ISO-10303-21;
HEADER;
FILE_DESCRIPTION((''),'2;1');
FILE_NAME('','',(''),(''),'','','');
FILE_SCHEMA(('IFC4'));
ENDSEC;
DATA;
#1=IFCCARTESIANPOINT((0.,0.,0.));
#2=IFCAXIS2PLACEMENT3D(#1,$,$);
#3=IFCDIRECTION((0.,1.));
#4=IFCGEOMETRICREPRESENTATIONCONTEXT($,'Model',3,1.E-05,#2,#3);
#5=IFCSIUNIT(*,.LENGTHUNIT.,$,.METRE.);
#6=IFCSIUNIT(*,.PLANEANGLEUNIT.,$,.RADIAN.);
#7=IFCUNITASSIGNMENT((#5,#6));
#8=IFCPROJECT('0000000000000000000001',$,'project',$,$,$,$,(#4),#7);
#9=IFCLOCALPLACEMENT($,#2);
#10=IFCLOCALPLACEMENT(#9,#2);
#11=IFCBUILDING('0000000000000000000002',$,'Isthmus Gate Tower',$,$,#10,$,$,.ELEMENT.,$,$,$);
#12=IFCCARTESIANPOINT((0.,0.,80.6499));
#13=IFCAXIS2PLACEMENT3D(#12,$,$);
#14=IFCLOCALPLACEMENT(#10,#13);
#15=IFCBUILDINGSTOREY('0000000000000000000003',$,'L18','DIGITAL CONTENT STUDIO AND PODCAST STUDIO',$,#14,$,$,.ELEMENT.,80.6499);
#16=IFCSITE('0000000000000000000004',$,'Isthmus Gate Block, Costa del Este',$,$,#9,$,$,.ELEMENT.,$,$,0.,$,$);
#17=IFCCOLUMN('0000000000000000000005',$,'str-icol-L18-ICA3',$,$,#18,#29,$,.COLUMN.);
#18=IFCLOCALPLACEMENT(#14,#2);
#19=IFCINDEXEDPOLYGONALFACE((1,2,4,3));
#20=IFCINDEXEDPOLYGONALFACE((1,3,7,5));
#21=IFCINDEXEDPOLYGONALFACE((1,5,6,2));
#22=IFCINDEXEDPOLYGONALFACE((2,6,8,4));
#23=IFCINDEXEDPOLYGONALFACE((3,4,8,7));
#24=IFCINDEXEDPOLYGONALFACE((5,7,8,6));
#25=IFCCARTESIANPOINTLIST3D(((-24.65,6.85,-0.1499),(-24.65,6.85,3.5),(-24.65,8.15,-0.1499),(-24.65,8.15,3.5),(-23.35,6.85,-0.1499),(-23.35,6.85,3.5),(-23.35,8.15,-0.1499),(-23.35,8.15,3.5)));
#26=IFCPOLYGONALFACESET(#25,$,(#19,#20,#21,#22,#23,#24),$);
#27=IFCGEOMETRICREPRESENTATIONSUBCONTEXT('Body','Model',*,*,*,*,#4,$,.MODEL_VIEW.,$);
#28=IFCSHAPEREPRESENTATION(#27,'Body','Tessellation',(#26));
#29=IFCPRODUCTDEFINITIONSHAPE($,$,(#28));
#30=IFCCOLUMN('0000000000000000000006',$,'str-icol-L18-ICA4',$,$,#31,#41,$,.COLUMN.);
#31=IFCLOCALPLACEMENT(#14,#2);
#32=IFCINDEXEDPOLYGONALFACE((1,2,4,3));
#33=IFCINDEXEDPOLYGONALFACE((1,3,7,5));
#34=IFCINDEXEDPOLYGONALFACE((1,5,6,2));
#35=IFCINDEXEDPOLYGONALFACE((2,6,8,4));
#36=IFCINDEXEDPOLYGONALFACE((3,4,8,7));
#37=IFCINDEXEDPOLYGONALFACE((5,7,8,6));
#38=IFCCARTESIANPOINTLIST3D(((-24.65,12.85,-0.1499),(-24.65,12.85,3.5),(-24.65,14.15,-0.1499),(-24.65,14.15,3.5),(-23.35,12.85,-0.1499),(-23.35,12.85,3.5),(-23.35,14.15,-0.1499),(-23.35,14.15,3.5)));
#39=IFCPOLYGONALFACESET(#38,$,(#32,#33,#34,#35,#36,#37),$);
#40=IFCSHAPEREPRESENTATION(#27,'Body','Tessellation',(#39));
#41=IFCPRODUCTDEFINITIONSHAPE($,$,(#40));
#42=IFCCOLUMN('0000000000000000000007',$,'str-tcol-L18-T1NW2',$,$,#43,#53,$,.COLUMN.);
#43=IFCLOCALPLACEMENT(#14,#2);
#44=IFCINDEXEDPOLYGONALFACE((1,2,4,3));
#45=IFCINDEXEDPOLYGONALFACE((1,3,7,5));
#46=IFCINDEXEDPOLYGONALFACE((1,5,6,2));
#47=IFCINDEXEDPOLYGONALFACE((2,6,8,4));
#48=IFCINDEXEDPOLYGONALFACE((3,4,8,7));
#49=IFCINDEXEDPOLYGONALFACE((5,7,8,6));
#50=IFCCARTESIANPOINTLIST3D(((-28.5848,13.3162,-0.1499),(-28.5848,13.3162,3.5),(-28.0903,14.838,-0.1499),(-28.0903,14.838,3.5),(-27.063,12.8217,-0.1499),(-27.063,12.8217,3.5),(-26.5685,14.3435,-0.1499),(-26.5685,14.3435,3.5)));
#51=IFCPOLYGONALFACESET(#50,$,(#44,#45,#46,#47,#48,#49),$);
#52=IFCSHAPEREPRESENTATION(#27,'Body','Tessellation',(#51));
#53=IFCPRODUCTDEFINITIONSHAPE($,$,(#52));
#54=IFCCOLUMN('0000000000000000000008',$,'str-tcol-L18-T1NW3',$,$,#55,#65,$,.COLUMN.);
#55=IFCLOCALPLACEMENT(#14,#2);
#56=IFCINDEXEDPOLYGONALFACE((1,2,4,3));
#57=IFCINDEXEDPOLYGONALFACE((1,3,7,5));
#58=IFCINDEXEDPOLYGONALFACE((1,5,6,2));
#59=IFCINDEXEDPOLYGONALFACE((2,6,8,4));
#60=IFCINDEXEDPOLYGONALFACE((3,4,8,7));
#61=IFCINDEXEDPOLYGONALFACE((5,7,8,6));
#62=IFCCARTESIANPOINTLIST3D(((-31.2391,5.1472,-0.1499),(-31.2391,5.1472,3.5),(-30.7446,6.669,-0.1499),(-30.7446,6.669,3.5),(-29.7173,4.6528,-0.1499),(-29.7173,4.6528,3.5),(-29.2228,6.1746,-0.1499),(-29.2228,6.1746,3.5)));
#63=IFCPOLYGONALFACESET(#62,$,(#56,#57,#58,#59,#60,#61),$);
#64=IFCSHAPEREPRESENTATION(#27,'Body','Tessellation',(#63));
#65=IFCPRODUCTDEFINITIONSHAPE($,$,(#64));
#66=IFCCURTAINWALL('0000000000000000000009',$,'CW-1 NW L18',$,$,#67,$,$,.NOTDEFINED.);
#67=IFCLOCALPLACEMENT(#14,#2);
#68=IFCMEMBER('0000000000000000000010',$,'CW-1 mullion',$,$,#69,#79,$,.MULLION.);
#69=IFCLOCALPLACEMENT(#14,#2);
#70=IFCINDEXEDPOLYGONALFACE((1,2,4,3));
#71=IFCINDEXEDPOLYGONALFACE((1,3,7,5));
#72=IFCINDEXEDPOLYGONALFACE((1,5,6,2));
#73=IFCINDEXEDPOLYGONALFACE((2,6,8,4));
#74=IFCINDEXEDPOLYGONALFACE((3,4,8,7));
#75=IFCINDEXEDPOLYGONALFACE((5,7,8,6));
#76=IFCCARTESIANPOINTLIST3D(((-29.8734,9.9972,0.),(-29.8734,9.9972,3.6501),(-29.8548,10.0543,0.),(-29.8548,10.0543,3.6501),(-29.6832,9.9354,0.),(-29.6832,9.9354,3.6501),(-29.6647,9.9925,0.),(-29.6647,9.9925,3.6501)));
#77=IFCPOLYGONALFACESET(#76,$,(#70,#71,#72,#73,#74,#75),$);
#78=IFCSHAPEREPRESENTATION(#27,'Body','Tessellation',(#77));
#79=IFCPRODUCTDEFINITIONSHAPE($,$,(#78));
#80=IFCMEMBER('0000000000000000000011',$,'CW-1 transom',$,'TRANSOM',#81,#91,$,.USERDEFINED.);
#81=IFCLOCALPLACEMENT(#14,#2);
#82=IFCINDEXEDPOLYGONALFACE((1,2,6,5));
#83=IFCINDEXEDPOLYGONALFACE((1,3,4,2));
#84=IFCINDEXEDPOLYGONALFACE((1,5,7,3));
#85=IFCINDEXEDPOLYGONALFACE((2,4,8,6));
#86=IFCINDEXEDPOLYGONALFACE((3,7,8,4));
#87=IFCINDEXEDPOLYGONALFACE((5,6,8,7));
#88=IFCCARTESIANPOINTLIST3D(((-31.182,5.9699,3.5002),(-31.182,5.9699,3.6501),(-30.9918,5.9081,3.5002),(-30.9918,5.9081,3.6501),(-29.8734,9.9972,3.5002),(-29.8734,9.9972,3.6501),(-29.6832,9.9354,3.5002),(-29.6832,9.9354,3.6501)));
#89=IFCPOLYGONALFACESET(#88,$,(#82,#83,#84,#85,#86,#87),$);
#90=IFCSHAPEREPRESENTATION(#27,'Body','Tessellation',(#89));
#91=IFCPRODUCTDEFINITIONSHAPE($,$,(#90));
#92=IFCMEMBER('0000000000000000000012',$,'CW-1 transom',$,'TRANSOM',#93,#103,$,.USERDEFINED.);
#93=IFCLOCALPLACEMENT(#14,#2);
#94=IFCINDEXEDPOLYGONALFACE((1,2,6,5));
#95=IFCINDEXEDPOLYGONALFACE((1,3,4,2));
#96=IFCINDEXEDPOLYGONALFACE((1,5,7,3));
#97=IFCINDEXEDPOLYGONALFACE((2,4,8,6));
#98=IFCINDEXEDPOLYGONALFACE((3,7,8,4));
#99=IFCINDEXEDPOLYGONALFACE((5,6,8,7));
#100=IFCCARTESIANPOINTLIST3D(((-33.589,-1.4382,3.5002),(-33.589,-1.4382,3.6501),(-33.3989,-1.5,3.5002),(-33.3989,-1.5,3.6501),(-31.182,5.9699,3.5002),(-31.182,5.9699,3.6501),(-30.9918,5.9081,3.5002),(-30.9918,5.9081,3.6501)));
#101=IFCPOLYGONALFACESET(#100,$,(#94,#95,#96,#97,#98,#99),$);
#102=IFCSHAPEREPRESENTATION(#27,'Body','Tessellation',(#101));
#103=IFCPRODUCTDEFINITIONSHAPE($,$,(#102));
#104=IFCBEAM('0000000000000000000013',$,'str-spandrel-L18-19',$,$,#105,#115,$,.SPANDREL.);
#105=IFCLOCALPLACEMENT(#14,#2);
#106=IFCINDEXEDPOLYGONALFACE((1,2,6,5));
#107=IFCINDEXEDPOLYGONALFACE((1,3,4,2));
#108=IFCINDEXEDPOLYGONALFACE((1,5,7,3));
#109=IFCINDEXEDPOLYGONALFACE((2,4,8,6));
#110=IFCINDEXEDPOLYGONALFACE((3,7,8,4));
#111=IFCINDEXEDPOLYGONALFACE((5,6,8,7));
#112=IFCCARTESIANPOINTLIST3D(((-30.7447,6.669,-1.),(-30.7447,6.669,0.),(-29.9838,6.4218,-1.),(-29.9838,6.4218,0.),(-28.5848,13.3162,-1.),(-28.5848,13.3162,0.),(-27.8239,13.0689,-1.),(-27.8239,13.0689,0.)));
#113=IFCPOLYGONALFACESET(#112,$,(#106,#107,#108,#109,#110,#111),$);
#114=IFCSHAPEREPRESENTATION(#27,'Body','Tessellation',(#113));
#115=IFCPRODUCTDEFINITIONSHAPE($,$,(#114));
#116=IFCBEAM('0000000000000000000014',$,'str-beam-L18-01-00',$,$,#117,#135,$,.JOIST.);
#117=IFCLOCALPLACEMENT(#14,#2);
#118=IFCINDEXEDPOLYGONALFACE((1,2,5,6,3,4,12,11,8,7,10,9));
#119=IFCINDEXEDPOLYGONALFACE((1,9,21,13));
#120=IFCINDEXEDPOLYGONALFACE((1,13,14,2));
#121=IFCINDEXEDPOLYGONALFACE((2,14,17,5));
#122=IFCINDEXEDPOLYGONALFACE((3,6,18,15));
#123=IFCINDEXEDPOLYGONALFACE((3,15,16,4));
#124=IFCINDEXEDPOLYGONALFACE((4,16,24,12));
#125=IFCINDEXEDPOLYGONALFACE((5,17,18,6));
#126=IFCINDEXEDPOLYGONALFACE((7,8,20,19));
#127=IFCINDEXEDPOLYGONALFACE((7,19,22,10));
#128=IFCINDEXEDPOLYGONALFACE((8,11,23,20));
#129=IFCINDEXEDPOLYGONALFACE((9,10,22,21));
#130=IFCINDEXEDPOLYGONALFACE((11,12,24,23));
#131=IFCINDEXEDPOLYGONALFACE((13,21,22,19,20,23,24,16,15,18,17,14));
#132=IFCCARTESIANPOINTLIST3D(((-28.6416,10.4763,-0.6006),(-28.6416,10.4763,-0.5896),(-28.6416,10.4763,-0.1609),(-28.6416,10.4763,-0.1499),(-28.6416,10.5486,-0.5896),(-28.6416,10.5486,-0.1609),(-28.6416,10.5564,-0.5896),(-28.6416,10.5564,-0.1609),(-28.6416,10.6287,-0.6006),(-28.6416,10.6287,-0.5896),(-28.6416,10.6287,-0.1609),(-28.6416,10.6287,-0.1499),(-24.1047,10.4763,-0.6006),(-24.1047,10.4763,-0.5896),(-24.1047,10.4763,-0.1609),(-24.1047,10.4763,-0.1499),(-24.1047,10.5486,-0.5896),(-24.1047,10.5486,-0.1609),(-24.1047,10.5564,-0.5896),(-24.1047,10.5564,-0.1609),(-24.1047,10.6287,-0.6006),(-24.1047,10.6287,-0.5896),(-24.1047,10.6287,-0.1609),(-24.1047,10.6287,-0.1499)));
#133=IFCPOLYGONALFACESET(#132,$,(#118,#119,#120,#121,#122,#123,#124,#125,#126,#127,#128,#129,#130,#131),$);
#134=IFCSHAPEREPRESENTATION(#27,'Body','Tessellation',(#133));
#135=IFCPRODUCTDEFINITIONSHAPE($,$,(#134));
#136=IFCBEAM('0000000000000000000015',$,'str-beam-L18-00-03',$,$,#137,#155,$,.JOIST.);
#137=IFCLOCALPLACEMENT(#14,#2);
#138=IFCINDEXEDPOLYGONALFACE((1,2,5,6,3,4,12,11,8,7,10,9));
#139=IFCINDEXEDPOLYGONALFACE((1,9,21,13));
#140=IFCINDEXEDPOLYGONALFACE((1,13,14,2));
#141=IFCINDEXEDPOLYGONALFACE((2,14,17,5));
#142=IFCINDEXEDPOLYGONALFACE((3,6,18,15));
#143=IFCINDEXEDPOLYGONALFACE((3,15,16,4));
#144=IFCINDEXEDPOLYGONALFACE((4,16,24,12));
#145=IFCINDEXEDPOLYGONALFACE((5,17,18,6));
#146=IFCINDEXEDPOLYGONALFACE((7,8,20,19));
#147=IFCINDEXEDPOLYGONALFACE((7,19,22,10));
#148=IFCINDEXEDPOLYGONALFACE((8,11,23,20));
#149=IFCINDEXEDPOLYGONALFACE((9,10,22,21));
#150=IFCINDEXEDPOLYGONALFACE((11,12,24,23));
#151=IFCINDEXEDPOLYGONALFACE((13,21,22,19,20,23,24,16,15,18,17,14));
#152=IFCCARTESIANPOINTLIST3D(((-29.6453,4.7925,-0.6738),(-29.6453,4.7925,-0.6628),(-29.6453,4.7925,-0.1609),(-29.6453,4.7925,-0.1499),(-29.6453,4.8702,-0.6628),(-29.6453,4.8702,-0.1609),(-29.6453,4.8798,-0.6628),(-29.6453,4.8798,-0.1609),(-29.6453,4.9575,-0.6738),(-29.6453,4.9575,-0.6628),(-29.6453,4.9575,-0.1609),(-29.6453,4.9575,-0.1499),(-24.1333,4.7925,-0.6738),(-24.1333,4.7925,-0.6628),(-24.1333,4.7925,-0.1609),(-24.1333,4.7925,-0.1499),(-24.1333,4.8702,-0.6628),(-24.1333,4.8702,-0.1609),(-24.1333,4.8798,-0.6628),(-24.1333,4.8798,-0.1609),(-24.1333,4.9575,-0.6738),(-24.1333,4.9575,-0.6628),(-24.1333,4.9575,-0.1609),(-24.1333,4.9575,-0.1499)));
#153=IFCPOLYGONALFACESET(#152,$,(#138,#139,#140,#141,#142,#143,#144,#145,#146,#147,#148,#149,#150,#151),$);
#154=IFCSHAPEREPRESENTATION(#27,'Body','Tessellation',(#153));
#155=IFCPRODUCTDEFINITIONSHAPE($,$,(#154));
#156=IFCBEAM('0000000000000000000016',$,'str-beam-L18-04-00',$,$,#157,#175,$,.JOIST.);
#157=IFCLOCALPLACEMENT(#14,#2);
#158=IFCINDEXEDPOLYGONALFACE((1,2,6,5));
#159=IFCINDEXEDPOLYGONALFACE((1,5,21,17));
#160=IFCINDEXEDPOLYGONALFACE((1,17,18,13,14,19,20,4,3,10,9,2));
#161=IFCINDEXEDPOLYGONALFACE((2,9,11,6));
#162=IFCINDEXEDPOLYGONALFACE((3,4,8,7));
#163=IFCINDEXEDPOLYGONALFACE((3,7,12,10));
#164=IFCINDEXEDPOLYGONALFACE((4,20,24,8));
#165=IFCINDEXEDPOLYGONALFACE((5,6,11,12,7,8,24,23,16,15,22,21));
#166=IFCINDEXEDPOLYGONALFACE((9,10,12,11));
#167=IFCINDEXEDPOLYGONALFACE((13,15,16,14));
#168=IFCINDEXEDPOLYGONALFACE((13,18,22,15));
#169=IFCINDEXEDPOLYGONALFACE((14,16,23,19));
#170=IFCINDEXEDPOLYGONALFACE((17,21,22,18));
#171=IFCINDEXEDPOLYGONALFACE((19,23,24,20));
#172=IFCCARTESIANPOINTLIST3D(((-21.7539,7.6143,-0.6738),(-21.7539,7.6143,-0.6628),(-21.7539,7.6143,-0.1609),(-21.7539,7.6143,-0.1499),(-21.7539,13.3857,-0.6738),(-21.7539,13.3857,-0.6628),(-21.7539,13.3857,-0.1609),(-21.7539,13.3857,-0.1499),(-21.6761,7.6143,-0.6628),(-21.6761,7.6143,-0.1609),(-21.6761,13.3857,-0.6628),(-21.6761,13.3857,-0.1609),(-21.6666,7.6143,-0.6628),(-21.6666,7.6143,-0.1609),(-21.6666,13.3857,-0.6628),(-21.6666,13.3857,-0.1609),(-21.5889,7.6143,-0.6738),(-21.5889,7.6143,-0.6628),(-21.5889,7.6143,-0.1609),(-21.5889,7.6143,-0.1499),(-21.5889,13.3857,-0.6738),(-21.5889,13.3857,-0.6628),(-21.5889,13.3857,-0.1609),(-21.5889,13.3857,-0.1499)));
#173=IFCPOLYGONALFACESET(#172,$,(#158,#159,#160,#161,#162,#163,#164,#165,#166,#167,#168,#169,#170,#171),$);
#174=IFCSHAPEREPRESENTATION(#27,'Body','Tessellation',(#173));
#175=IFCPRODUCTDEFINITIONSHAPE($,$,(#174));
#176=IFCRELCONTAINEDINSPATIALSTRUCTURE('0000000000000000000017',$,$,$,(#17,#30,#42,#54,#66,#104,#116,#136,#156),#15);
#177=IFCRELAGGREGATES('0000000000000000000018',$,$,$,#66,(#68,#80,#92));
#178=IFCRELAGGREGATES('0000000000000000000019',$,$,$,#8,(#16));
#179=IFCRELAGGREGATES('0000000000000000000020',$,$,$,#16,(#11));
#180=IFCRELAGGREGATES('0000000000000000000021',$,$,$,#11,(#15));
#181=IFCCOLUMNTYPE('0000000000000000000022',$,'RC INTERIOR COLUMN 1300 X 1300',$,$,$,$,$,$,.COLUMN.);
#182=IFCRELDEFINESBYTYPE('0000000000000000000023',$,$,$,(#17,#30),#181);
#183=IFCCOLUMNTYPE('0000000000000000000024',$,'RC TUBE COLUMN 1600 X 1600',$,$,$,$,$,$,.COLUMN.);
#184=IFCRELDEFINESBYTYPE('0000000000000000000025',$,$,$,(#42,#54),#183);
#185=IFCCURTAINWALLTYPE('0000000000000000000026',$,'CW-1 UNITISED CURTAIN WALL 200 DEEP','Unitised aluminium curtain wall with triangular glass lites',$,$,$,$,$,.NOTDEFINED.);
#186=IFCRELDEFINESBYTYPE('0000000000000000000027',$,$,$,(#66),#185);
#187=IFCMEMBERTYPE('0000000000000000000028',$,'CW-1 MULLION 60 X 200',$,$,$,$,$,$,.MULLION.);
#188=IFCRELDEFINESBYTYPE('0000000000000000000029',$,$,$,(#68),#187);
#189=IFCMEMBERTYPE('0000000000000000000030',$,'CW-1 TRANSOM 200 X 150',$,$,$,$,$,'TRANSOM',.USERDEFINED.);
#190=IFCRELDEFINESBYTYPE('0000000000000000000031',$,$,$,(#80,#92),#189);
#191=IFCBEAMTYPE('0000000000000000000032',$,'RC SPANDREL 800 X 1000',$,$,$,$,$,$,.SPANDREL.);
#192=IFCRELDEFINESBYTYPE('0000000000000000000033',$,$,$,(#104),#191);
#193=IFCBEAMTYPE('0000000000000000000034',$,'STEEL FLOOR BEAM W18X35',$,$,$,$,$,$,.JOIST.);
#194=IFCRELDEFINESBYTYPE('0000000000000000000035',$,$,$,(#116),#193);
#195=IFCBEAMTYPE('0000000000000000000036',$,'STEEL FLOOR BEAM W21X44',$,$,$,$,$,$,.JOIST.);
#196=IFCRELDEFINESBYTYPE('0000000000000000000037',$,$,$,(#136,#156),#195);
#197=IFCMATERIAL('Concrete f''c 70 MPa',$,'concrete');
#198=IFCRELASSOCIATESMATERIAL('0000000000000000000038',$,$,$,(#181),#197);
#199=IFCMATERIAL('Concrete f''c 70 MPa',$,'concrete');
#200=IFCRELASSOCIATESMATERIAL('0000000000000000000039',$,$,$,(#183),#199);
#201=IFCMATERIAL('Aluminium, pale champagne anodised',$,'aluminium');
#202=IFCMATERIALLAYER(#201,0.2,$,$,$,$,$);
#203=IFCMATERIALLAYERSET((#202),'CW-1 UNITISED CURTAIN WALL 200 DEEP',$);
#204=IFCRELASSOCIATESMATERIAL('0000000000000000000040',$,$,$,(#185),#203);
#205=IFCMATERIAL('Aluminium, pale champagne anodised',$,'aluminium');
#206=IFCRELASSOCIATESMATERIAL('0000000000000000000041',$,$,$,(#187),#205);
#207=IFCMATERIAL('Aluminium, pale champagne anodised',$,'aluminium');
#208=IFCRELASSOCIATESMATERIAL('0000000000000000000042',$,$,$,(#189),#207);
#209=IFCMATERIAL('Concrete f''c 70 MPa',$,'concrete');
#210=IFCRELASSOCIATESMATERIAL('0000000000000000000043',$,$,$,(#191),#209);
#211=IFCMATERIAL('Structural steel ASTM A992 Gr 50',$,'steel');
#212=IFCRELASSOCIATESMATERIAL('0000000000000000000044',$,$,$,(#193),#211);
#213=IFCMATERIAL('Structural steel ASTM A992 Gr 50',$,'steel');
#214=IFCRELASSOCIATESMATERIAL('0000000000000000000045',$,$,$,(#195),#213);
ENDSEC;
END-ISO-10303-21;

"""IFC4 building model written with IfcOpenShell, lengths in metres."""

from ifc_helpers import new_model, si_unit, direction, frame, origin, origin_2d, place, context, subcontext, project, spatial, rectangle, i_section, extrude, material, layer, layer_set, material_profile, profile_set, type_object, element, aggregate, save


model = new_model("IFC4")

# Units and contexts
model_context = context("Model", 3, precision=1e-05, world=origin(), true_north=direction((0.0, 1.0)))
body_context = subcontext(model_context, "Body", "Model", "MODEL_VIEW")
ifc_project = project(units=[si_unit("LENGTHUNIT", "METRE"), si_unit("PLANEANGLEUNIT", "RADIAN")], contexts=[model_context])

# Site, building, storey
site_placement = place(None, origin())
site = spatial("IfcSite", under=ifc_project, at=site_placement, Name="Isthmus Gate Block, Costa del Este", CompositionType="ELEMENT", RefElevation=0.0)
building_placement = place(site_placement, origin())
building = spatial("IfcBuilding", under=site, at=building_placement, Name="Isthmus Gate Tower", CompositionType="ELEMENT")
storey_placement = place(building_placement, frame((0.0, 0.0, 80.6499)))
storey = spatial("IfcBuildingStorey", under=building, at=storey_placement, Name="L18", Description="DIGITAL CONTENT STUDIO AND PODCAST STUDIO", CompositionType="ELEMENT", Elevation=80.6499)

# Columns
ifc_material_1 = material(Name="Concrete f'c 70 MPa", Category="concrete")
ifc_material_profile_1 = material_profile(ifc_material_1, rectangle(XDim=1.3, YDim=1.3, at=origin_2d()), Name="RC 1300X1300")
ifc_profile_set_1 = profile_set([ifc_material_profile_1], Name="Concrete f'c 70 MPa")
column_type_1 = type_object("IfcColumnType", Name="RC INTERIOR COLUMN 1300 X 1300", PredefinedType="COLUMN", material=ifc_profile_set_1)
for number, where, z_axis, x_axis, name in (
    (1, (-24.0, 7.5, -0.1499), (0.0, 0.0, 1.0), (1.0, 0.0, 0.0), "str-icol-L18-ICA3"),
    (2, (-24.0, 13.5, -0.1499), (0.0, 0.0, 1.0), (1.0, 0.0, 0.0), "str-icol-L18-ICA4"),
):
    element("IfcColumn", number, at=place(storey_placement, frame(where, z_axis=z_axis, x_axis=x_axis)), inside=storey, type_object=column_type_1, Name=name, PredefinedType="COLUMN", context=body_context, shape_type="SweptSolid", body=[
        extrude(rectangle(XDim=1.3, YDim=1.3, at=origin_2d()), origin(), (0.0, 0.0, 1.0), 3.6499),
    ])
ifc_material_2 = material(Name="Concrete f'c 70 MPa", Category="concrete")
ifc_material_profile_2 = material_profile(ifc_material_2, rectangle(XDim=1.6001, YDim=1.6001, at=origin_2d()), Name="RC 1600X1600")
ifc_profile_set_2 = profile_set([ifc_material_profile_2], Name="Concrete f'c 70 MPa")
column_type_2 = type_object("IfcColumnType", Name="RC TUBE COLUMN 1600 X 1600", PredefinedType="COLUMN", material=ifc_profile_set_2)
for number, where, z_axis, x_axis, name in (
    (3, (-27.5767, 13.8298, -0.1499), (0.0, 0.0, 1.0), (-0.309017, -0.951057, 0.0), "str-tcol-L18-T1NW2"),
    (4, (-30.231, 5.6609, -0.1499), (0.0, 0.0, 1.0), (-0.309017, -0.951057, 0.0), "str-tcol-L18-T1NW3"),
):
    element("IfcColumn", number, at=place(storey_placement, frame(where, z_axis=z_axis, x_axis=x_axis)), inside=storey, type_object=column_type_2, Name=name, PredefinedType="COLUMN", context=body_context, shape_type="SweptSolid", body=[
        extrude(rectangle(XDim=1.6001, YDim=1.6001, at=origin_2d()), origin(), (0.0, 0.0, 1.0), 3.6499),
    ])

# Curtain wall, members
ifc_material_3 = material(Name="Aluminium, pale champagne anodised", Category="aluminium")
ifc_layer_1 = layer(ifc_material_3, 0.2)
ifc_layer_set_1 = layer_set([ifc_layer_1], Name="CW-1 UNITISED CURTAIN WALL 200 DEEP")
curtain_wall_type = type_object("IfcCurtainWallType", Name="CW-1 UNITISED CURTAIN WALL 200 DEEP", Description="Unitised aluminium curtain wall with triangular glass lites", PredefinedType="NOTDEFINED", material=ifc_layer_set_1)
curtain_wall_placement = place(storey_placement, origin())
curtain_wall = element("IfcCurtainWall", 5, at=curtain_wall_placement, inside=storey, type_object=curtain_wall_type, Name="CW-1 NW L18", PredefinedType="NOTDEFINED")
ifc_material_4 = material(Name="Aluminium, pale champagne anodised", Category="aluminium")
ifc_material_profile_3 = material_profile(ifc_material_4, rectangle(XDim=0.0601, YDim=0.2, at=origin_2d()), Name="60x200")
ifc_profile_set_3 = profile_set([ifc_material_profile_3], Name="Aluminium, pale champagne anodised")
member_type_1 = type_object("IfcMemberType", Name="CW-1 MULLION 60 X 200", PredefinedType="MULLION", material=ifc_profile_set_3)
member_1_placement = place(storey_placement, frame((-29.769, 9.9949, 0.0), z_axis=(0.0, 0.0, 1.0), x_axis=(-0.309017, -0.951057, 0.0)))
member_1 = element("IfcMember", 6, at=member_1_placement, type_object=member_type_1, Name="CW-1 mullion", PredefinedType="MULLION", context=body_context, shape_type="SweptSolid", body=[
    extrude(rectangle(XDim=0.0601, YDim=0.2, at=origin_2d()), origin(), (0.0, 0.0, 1.0), 3.6501),
])
ifc_material_5 = material(Name="Aluminium, pale champagne anodised", Category="aluminium")
ifc_material_profile_4 = material_profile(ifc_material_5, rectangle(XDim=0.2, YDim=0.1499, at=origin_2d()), Name="200x150")
ifc_profile_set_4 = profile_set([ifc_material_profile_4], Name="Aluminium, pale champagne anodised")
member_type_2 = type_object("IfcMemberType", Name="CW-1 TRANSOM 200 X 150", ElementType="TRANSOM", PredefinedType="USERDEFINED", material=ifc_profile_set_4)
member_2_placement = place(storey_placement, frame((-29.7783, 9.9663, 3.5752), z_axis=(-0.309023, -0.951054, 0.0), x_axis=(0.951054, -0.309023, 0.0)))
member_2 = element("IfcMember", 7, at=member_2_placement, type_object=member_type_2, Name="CW-1 transom", ObjectType="TRANSOM", PredefinedType="USERDEFINED", context=body_context, shape_type="SweptSolid", body=[
    extrude(rectangle(XDim=0.2, YDim=0.1499, at=origin_2d()), origin(), (0.0, 0.0, 1.0), 4.2346),
])
member_3_placement = place(storey_placement, frame((-31.0869, 5.939, 3.5752), z_axis=(-0.309016, -0.951057, 0.0), x_axis=(0.951057, -0.309016, 0.0)))
member_3 = element("IfcMember", 8, at=member_3_placement, type_object=member_type_2, Name="CW-1 transom", ObjectType="TRANSOM", PredefinedType="USERDEFINED", context=body_context, shape_type="SweptSolid", body=[
    extrude(rectangle(XDim=0.2, YDim=0.1499, at=origin_2d()), origin(), (0.0, 0.0, 1.0), 7.7893),
])

# Beams
ifc_material_6 = material(Name="Concrete f'c 70 MPa", Category="concrete")
ifc_material_profile_5 = material_profile(ifc_material_6, rectangle(XDim=0.8, YDim=1.0, at=origin_2d()), Name="RC 800X1000")
ifc_profile_set_5 = profile_set([ifc_material_profile_5], Name="Concrete f'c 70 MPa")
beam_type_1 = type_object("IfcBeamType", Name="RC SPANDREL 800 X 1000", PredefinedType="SPANDREL", material=ifc_profile_set_5)
beam_1_placement = place(storey_placement, frame((-30.3643, 6.5454, -0.5), z_axis=(0.30903, 0.951052, 0.0), x_axis=(-0.951052, 0.30903, 0.0)))
element("IfcBeam", 9, at=beam_1_placement, inside=storey, type_object=beam_type_1, Name="str-spandrel-L18-19", PredefinedType="SPANDREL", context=body_context, shape_type="SweptSolid", body=[
    extrude(rectangle(XDim=0.8, YDim=1.0, at=origin_2d()), origin(), (0.0, 0.0, 1.0), 6.9893),
])
ifc_material_7 = material(Name="Structural steel ASTM A992 Gr 50", Category="steel")
ifc_material_profile_6 = material_profile(ifc_material_7, i_section(OverallWidth=0.1523, OverallDepth=0.4507, WebThickness=0.0078, FlangeThickness=0.011, at=origin_2d()), Name="W18X35")
ifc_profile_set_6 = profile_set([ifc_material_profile_6], Name="Structural steel ASTM A992 Gr 50")
beam_type_2 = type_object("IfcBeamType", Name="STEEL FLOOR BEAM W18X35", PredefinedType="JOIST", material=ifc_profile_set_6)
beam_2_placement = place(storey_placement, frame((-28.6416, 10.5525, -0.3752), z_axis=(1.0, 0.0, 0.0), x_axis=(0.0, 1.0, 0.0)))
element("IfcBeam", 10, at=beam_2_placement, inside=storey, type_object=beam_type_2, Name="str-beam-L18-01-00", PredefinedType="JOIST", context=body_context, shape_type="SweptSolid", body=[
    extrude(i_section(OverallWidth=0.1523, OverallDepth=0.4507, WebThickness=0.0078, FlangeThickness=0.011, at=origin_2d()), origin(), (0.0, 0.0, 1.0), 4.5369),
])
ifc_material_8 = material(Name="Structural steel ASTM A992 Gr 50", Category="steel")
ifc_material_profile_7 = material_profile(ifc_material_8, i_section(OverallWidth=0.165, OverallDepth=0.5239, WebThickness=0.0095, FlangeThickness=0.011, at=origin_2d()), Name="W21X44")
ifc_profile_set_7 = profile_set([ifc_material_profile_7], Name="Structural steel ASTM A992 Gr 50")
beam_type_3 = type_object("IfcBeamType", Name="STEEL FLOOR BEAM W21X44", PredefinedType="JOIST", material=ifc_profile_set_7)
beam_3_placement = place(storey_placement, frame((-29.6453, 4.875, -0.4119), z_axis=(1.0, 0.0, 0.0), x_axis=(0.0, 1.0, 0.0)))
element("IfcBeam", 11, at=beam_3_placement, inside=storey, type_object=beam_type_3, Name="str-beam-L18-00-03", PredefinedType="JOIST", context=body_context, shape_type="SweptSolid", body=[
    extrude(i_section(OverallWidth=0.165, OverallDepth=0.5239, WebThickness=0.0095, FlangeThickness=0.011, at=origin_2d()), origin(), (0.0, 0.0, 1.0), 5.512),
])
beam_4_placement = place(storey_placement, frame((-21.6714, 7.6143, -0.4119), z_axis=(0.0, 1.0, 0.0), x_axis=(-1.0, 0.0, 0.0)))
element("IfcBeam", 12, at=beam_4_placement, inside=storey, type_object=beam_type_3, Name="str-beam-L18-04-00", PredefinedType="JOIST", context=body_context, shape_type="SweptSolid", body=[
    extrude(i_section(OverallWidth=0.165, OverallDepth=0.5239, WebThickness=0.0095, FlangeThickness=0.011, at=origin_2d()), origin(), (0.0, 0.0, 1.0), 5.7715),
])

aggregate(curtain_wall, [member_1, member_2, member_3])

save(model, "model.ifc")
